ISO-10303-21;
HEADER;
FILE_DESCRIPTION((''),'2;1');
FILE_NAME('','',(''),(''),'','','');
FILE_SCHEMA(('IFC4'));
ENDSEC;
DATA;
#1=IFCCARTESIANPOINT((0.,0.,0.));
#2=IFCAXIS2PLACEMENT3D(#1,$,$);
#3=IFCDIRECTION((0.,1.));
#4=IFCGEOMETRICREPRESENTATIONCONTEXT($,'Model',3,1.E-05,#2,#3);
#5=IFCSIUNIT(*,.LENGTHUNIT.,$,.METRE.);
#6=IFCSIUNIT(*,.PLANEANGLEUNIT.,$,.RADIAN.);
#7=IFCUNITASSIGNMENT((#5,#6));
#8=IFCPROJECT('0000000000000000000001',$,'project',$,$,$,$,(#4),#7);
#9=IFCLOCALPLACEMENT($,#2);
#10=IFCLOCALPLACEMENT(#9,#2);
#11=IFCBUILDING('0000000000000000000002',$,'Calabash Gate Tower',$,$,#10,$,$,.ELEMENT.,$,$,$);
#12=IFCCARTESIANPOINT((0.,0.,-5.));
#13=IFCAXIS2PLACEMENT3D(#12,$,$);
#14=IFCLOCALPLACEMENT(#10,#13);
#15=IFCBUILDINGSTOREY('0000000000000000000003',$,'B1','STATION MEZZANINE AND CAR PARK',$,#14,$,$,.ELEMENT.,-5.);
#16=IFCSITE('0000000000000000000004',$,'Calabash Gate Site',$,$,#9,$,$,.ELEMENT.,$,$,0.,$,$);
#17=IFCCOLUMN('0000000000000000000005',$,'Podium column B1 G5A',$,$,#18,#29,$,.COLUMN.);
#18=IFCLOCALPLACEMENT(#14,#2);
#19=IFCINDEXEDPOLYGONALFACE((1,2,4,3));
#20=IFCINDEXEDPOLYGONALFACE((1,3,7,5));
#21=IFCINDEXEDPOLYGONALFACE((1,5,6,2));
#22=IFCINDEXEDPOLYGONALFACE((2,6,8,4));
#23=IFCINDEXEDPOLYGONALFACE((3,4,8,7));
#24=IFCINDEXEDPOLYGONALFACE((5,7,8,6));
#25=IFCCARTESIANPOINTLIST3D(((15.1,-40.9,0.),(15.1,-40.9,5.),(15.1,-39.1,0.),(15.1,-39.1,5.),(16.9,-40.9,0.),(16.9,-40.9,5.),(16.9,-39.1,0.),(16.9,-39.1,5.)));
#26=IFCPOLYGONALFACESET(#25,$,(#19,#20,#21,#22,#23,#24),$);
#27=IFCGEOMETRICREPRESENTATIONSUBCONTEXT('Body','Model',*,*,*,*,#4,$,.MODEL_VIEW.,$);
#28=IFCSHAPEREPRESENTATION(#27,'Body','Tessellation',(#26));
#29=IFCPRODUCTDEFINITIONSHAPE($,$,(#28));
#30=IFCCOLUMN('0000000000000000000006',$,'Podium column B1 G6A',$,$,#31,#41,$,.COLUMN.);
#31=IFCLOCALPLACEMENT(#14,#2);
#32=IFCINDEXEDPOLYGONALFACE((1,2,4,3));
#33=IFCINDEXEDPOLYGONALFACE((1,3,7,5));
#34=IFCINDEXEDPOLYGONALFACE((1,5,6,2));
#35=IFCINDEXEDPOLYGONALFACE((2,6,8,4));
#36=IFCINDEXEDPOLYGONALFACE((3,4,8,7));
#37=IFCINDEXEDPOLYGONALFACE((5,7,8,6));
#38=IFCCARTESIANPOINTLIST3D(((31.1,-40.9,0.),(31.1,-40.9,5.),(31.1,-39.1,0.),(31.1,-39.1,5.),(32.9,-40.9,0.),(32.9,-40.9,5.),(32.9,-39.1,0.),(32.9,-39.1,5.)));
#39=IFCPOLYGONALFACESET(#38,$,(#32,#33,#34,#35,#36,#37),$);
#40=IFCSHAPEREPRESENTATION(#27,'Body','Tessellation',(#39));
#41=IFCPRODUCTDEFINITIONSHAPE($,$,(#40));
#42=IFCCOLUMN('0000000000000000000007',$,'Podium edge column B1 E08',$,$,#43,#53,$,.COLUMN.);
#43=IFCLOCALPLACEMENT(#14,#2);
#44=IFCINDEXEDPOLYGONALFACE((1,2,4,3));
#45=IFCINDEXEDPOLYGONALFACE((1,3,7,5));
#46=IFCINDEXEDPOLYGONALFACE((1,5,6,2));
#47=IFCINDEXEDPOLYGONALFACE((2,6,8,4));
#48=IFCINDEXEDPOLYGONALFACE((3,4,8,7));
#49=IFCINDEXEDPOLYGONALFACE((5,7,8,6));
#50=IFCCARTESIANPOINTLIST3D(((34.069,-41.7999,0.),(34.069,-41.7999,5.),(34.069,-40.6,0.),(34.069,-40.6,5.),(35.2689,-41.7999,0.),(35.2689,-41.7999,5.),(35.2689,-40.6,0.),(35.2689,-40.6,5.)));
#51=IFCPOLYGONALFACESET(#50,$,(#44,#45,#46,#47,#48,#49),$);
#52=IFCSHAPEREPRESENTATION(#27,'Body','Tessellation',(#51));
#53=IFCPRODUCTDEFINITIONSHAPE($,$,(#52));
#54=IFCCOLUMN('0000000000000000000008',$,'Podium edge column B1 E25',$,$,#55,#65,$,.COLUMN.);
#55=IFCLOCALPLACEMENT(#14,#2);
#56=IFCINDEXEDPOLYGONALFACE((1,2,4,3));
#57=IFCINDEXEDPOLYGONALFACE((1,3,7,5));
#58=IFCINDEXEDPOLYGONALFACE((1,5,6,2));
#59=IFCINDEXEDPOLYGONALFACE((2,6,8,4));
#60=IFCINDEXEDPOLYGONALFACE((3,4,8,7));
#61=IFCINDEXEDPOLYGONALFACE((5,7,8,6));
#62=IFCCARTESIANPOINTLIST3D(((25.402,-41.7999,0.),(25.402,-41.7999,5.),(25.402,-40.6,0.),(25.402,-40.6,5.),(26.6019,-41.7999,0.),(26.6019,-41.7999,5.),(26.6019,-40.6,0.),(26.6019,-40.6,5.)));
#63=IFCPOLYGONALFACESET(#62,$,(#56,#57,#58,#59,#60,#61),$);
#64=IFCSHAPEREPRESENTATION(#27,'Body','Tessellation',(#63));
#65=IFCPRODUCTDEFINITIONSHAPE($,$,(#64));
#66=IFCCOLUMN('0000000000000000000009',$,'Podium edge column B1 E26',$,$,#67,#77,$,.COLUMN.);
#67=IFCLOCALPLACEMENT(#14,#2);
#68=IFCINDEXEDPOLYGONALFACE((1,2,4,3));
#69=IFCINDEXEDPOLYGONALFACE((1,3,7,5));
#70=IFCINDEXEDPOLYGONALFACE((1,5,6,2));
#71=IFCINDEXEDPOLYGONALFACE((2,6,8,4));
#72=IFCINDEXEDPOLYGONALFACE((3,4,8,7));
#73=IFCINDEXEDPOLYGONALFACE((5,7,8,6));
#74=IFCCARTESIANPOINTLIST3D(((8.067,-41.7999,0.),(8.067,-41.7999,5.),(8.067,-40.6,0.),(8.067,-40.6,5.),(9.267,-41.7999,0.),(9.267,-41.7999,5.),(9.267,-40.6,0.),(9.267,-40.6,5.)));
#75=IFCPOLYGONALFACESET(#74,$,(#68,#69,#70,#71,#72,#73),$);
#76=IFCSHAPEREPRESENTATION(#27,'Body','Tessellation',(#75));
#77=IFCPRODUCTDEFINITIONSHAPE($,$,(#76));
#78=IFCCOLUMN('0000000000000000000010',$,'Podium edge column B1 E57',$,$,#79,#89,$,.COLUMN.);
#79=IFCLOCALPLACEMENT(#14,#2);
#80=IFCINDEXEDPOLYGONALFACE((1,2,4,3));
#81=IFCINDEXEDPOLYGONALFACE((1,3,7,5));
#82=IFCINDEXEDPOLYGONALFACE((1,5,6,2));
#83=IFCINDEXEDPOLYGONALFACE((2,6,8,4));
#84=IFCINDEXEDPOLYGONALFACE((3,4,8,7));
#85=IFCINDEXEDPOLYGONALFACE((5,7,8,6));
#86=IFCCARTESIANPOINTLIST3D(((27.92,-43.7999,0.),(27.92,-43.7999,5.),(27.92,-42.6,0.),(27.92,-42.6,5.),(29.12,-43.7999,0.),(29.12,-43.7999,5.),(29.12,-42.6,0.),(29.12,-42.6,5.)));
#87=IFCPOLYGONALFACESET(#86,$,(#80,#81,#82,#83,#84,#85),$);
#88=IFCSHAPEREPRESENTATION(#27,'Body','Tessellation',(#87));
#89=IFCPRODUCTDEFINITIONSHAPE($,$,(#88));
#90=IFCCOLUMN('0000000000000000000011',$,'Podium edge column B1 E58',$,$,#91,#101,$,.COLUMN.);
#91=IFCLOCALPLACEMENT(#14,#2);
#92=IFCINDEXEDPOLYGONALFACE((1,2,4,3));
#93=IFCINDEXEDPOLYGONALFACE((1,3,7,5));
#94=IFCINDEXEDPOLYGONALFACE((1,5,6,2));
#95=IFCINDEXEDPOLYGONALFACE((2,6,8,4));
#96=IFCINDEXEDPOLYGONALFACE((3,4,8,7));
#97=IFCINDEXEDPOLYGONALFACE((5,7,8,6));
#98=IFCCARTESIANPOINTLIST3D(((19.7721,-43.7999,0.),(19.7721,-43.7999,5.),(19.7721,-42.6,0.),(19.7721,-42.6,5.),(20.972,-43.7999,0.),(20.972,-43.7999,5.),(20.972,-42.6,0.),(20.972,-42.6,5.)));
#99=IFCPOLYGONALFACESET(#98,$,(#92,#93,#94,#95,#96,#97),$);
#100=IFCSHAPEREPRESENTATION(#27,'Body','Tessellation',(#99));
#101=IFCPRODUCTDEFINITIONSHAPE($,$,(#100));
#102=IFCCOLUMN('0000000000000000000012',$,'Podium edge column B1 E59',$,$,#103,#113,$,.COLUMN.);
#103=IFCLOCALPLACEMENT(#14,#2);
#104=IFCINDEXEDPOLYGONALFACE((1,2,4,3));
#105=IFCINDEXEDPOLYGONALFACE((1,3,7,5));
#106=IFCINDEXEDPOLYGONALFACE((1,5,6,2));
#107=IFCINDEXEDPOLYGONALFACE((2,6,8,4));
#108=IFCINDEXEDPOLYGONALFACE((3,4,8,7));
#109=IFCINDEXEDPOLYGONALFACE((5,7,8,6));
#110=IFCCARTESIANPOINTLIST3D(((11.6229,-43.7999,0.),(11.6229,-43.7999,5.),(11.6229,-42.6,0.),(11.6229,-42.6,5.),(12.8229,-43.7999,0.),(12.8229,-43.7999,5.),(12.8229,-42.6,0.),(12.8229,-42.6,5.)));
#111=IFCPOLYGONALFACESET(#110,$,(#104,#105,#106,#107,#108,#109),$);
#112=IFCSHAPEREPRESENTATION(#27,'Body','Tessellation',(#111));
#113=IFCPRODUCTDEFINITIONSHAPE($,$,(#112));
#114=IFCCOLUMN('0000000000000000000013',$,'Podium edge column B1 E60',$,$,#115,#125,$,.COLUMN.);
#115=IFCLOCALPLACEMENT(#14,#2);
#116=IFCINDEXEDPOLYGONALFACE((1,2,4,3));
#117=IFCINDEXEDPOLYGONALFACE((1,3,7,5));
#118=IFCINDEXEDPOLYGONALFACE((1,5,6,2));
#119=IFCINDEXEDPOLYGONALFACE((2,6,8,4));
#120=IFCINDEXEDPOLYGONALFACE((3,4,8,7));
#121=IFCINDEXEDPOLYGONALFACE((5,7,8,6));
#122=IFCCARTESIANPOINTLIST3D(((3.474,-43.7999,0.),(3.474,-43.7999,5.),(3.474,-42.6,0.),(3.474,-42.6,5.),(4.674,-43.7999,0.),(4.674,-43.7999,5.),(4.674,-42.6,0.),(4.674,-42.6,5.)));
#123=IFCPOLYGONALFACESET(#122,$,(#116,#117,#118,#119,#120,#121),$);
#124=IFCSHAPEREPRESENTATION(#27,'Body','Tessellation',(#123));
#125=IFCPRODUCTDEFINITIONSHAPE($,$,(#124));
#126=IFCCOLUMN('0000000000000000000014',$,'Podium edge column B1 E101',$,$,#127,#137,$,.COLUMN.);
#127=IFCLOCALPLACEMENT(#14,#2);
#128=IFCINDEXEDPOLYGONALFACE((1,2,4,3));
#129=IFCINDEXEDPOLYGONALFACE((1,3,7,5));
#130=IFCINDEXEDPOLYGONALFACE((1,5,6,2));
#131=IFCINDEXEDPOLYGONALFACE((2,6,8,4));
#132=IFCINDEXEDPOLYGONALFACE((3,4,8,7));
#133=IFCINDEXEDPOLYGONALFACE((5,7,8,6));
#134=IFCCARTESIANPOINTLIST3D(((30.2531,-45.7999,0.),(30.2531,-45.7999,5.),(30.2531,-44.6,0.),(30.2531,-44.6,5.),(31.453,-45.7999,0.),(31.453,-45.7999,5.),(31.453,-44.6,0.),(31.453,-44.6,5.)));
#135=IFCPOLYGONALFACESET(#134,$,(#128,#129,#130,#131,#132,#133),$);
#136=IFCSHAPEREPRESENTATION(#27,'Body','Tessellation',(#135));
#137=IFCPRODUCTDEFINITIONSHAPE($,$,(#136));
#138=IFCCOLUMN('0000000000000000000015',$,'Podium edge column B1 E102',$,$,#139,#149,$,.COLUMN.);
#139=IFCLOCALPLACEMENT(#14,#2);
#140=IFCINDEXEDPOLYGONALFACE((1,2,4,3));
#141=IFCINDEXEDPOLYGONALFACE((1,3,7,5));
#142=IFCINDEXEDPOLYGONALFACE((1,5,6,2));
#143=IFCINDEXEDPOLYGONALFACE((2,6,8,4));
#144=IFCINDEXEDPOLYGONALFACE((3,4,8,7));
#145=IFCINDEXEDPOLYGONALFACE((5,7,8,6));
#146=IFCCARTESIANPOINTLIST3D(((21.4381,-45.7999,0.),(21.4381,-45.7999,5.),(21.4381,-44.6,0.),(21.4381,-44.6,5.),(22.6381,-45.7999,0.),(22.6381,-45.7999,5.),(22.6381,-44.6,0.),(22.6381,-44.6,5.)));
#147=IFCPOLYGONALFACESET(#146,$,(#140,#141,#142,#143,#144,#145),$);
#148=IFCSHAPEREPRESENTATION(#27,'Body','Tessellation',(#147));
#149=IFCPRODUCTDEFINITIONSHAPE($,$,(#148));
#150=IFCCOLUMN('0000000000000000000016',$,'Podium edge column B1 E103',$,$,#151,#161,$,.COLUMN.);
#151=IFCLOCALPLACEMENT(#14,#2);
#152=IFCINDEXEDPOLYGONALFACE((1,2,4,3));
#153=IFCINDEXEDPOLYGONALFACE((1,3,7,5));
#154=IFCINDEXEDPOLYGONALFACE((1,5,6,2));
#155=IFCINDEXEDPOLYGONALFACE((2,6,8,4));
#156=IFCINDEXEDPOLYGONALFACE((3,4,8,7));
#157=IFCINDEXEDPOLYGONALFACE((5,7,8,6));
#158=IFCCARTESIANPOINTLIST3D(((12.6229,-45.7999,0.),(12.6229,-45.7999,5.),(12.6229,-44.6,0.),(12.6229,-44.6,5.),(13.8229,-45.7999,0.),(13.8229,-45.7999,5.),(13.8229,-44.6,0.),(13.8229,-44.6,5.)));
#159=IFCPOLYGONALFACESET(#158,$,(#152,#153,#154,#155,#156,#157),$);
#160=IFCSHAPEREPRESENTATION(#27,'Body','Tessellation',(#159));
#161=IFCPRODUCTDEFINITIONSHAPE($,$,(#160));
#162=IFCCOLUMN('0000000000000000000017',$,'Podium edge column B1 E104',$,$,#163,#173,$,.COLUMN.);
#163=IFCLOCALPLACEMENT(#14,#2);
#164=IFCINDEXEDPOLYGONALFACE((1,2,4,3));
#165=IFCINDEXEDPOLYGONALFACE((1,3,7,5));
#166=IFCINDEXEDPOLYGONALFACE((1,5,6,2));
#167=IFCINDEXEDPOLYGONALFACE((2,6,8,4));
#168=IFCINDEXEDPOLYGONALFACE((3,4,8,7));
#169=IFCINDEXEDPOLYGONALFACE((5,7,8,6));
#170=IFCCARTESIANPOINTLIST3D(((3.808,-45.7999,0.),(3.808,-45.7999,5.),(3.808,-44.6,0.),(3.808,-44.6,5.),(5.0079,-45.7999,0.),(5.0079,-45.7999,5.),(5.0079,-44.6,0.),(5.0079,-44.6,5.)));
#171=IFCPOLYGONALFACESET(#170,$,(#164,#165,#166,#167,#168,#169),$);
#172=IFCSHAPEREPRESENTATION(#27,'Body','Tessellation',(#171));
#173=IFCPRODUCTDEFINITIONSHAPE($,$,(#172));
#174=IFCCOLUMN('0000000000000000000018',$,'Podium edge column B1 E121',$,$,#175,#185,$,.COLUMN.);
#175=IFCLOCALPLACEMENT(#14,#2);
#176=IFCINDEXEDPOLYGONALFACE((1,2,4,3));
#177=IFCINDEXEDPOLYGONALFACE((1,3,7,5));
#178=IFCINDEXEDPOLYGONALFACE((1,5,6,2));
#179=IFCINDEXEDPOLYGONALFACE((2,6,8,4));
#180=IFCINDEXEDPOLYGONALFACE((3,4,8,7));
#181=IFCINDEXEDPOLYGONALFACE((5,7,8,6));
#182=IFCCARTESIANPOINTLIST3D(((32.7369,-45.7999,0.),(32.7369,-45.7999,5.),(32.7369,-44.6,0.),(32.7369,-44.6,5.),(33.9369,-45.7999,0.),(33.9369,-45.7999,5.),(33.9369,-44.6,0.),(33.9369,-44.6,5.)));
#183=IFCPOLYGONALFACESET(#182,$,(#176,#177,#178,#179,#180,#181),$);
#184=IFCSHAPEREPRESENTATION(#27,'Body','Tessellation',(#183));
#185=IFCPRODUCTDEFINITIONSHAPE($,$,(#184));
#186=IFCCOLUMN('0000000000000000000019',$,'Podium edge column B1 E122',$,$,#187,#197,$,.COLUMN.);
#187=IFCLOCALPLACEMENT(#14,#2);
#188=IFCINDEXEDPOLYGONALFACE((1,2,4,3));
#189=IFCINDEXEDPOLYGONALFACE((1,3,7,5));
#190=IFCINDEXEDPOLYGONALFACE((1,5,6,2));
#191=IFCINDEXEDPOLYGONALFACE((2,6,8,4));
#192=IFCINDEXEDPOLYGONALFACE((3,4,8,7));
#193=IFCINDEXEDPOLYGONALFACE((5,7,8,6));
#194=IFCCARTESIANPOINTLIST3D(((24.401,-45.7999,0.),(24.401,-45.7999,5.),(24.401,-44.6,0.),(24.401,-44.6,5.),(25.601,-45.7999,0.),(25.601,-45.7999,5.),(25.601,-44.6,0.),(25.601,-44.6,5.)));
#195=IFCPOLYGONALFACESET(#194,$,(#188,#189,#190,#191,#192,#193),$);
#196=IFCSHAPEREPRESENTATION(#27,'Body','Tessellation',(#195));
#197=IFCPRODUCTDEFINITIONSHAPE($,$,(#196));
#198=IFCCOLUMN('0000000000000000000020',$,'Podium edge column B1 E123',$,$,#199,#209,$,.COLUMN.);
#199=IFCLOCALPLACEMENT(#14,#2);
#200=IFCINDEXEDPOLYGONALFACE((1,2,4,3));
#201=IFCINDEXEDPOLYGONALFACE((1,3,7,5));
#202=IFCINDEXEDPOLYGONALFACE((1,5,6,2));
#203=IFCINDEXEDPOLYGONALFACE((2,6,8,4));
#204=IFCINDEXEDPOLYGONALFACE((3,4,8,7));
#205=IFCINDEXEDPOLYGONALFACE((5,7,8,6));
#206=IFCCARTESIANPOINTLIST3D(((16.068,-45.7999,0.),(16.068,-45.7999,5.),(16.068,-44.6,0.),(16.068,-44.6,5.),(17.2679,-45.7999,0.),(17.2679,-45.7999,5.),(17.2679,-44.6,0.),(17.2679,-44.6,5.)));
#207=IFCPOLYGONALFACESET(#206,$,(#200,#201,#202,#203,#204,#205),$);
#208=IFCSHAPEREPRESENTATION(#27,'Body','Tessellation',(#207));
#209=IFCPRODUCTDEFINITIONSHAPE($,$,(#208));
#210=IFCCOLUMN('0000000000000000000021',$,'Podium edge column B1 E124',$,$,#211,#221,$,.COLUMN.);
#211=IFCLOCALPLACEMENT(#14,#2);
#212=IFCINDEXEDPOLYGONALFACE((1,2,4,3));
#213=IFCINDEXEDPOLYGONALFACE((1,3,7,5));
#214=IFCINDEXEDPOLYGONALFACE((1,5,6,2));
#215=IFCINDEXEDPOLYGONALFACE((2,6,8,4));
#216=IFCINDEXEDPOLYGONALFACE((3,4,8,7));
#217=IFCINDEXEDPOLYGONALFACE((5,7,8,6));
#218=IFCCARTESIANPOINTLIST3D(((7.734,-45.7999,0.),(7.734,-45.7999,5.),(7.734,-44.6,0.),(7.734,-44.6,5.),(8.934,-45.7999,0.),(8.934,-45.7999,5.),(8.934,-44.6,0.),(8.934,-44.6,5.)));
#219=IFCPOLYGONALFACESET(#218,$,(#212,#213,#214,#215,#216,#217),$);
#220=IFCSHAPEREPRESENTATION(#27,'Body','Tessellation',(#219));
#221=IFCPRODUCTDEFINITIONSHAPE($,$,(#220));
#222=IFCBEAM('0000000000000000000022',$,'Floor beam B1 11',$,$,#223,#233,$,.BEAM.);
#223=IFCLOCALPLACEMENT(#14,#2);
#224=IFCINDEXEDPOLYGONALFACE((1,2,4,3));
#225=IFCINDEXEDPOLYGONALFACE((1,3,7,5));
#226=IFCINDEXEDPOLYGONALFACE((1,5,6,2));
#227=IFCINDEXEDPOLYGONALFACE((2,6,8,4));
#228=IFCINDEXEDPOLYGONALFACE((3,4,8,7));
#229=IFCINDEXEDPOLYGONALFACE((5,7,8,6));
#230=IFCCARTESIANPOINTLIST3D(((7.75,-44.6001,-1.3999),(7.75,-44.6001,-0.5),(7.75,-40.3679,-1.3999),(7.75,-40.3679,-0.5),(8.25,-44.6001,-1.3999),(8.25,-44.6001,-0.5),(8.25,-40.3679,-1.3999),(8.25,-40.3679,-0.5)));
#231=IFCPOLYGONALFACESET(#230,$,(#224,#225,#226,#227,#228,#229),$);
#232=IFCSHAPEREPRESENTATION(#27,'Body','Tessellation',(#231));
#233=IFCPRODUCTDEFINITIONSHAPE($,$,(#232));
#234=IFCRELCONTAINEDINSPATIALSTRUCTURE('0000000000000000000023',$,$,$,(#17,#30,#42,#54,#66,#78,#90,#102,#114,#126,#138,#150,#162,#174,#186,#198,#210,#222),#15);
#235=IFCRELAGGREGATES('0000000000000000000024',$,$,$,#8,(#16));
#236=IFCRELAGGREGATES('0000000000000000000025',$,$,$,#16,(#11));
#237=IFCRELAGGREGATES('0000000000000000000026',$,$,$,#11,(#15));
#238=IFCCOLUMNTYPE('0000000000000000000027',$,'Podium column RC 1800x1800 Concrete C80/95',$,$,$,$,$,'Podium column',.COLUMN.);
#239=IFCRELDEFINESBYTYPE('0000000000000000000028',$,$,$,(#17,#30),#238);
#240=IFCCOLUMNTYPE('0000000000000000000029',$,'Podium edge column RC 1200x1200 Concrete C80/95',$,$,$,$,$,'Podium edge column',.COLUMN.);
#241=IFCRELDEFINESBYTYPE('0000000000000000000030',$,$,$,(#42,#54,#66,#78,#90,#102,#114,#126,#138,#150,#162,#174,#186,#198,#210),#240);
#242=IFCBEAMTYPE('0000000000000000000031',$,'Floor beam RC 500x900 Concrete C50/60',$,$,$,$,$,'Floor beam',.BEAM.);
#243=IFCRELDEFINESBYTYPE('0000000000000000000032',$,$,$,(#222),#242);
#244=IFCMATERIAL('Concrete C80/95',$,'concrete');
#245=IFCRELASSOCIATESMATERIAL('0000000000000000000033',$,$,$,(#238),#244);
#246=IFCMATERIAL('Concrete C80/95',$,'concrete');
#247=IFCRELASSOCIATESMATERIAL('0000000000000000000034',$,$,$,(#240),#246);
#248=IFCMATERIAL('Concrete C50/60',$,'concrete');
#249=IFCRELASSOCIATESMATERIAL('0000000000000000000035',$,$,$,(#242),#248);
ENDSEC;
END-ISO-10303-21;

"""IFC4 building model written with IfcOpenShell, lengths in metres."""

from ifc_helpers import new_model, si_unit, direction, frame, origin, origin_2d, place, context, subcontext, project, spatial, rectangle, extrude, material, material_profile, profile_set, type_object, element, save


model = new_model("IFC4")

# Units and contexts
model_context = context("Model", 3, precision=1e-05, world=origin(), true_north=direction((0.0, 1.0)))
body_context = subcontext(model_context, "Body", "Model", "MODEL_VIEW")
ifc_project = project(units=[si_unit("LENGTHUNIT", "METRE"), si_unit("PLANEANGLEUNIT", "RADIAN")], contexts=[model_context])

# Site, building, storey
site_placement = place(None, origin())
site = spatial("IfcSite", under=ifc_project, at=site_placement, Name="Calabash Gate Site", CompositionType="ELEMENT", RefElevation=0.0)
building_placement = place(site_placement, origin())
building = spatial("IfcBuilding", under=site, at=building_placement, Name="Calabash Gate Tower", CompositionType="ELEMENT")
storey_placement = place(building_placement, frame((0.0, 0.0, -5.0)))
storey = spatial("IfcBuildingStorey", under=building, at=storey_placement, Name="B1", Description="STATION MEZZANINE AND CAR PARK", CompositionType="ELEMENT", Elevation=-5.0)

# Columns
ifc_material_1 = material(Name="Concrete C80/95", Category="concrete")
ifc_material_profile_1 = material_profile(ifc_material_1, rectangle(XDim=1.8, YDim=1.8, at=origin_2d()))
ifc_profile_set_1 = profile_set([ifc_material_profile_1], Name="Concrete C80/95")
column_type_1 = type_object("IfcColumnType", Name="Podium column RC 1800x1800 Concrete C80/95", ElementType="Podium column", PredefinedType="COLUMN", material=ifc_profile_set_1)
for number, where, z_axis, x_axis, name in (
    (1, (16.0, -40.0, 0.0), (0.0, 0.0, 1.0), (1.0, 0.0, 0.0), "Podium column B1 G5A"),
    (2, (32.0, -40.0, 0.0), (0.0, 0.0, 1.0), (1.0, 0.0, 0.0), "Podium column B1 G6A"),
):
    element("IfcColumn", number, at=place(storey_placement, frame(where, z_axis=z_axis, x_axis=x_axis)), inside=storey, type_object=column_type_1, Name=name, PredefinedType="COLUMN", context=body_context, shape_type="SweptSolid", body=[
        extrude(rectangle(XDim=1.8, YDim=1.8, at=origin_2d()), origin(), (0.0, 0.0, 1.0), 5.0),
    ])
ifc_material_2 = material(Name="Concrete C80/95", Category="concrete")
ifc_material_profile_2 = material_profile(ifc_material_2, rectangle(XDim=1.2, YDim=1.2, at=origin_2d()))
ifc_profile_set_2 = profile_set([ifc_material_profile_2], Name="Concrete C80/95")
column_type_2 = type_object("IfcColumnType", Name="Podium edge column RC 1200x1200 Concrete C80/95", ElementType="Podium edge column", PredefinedType="COLUMN", material=ifc_profile_set_2)
for number, where, z_axis, x_axis, name in (
    (3, (34.6689, -41.2, 0.0), (0.0, 0.0, 1.0), (1.0, 0.0, 0.0), "Podium edge column B1 E08"),
    (4, (26.002, -41.2, 0.0), (0.0, 0.0, 1.0), (1.0, 0.0, 0.0), "Podium edge column B1 E25"),
    (5, (8.667, -41.2, 0.0), (0.0, 0.0, 1.0), (1.0, 0.0, 0.0), "Podium edge column B1 E26"),
    (6, (28.52, -43.2, 0.0), (0.0, 0.0, 1.0), (1.0, 0.0, 0.0), "Podium edge column B1 E57"),
    (7, (20.3721, -43.2, 0.0), (0.0, 0.0, 1.0), (1.0, 0.0, 0.0), "Podium edge column B1 E58"),
    (8, (12.2229, -43.2, 0.0), (0.0, 0.0, 1.0), (1.0, 0.0, 0.0), "Podium edge column B1 E59"),
    (9, (4.074, -43.2, 0.0), (0.0, 0.0, 1.0), (1.0, 0.0, 0.0), "Podium edge column B1 E60"),
    (10, (30.853, -45.2, 0.0), (0.0, 0.0, 1.0), (1.0, 0.0, 0.0), "Podium edge column B1 E101"),
    (11, (22.0381, -45.2, 0.0), (0.0, 0.0, 1.0), (1.0, 0.0, 0.0), "Podium edge column B1 E102"),
    (12, (13.2229, -45.2, 0.0), (0.0, 0.0, 1.0), (1.0, 0.0, 0.0), "Podium edge column B1 E103"),
    (13, (4.408, -45.2, 0.0), (0.0, 0.0, 1.0), (1.0, 0.0, 0.0), "Podium edge column B1 E104"),
    (14, (33.3369, -45.2, 0.0), (0.0, 0.0, 1.0), (1.0, 0.0, 0.0), "Podium edge column B1 E121"),
    (15, (25.001, -45.2, 0.0), (0.0, 0.0, 1.0), (1.0, 0.0, 0.0), "Podium edge column B1 E122"),
    (16, (16.668, -45.2, 0.0), (0.0, 0.0, 1.0), (1.0, 0.0, 0.0), "Podium edge column B1 E123"),
    (17, (8.334, -45.2, 0.0), (0.0, 0.0, 1.0), (1.0, 0.0, 0.0), "Podium edge column B1 E124"),
):
    element("IfcColumn", number, at=place(storey_placement, frame(where, z_axis=z_axis, x_axis=x_axis)), inside=storey, type_object=column_type_2, Name=name, PredefinedType="COLUMN", context=body_context, shape_type="SweptSolid", body=[
        extrude(rectangle(XDim=1.2, YDim=1.2, at=origin_2d()), origin(), (0.0, 0.0, 1.0), 5.0),
    ])

# Beam
ifc_material_3 = material(Name="Concrete C50/60", Category="concrete")
ifc_material_profile_3 = material_profile(ifc_material_3, rectangle(XDim=0.5, YDim=0.8999, at=origin_2d()))
ifc_profile_set_3 = profile_set([ifc_material_profile_3], Name="Concrete C50/60")
beam_type_1 = type_object("IfcBeamType", Name="Floor beam RC 500x900 Concrete C50/60", ElementType="Floor beam", PredefinedType="BEAM", material=ifc_profile_set_3)
beam_1_placement = place(storey_placement, frame((8.0, -44.6001, -0.95), z_axis=(0.0, 1.0, 0.0), x_axis=(-1.0, 0.0, 0.0)))
element("IfcBeam", 18, at=beam_1_placement, inside=storey, type_object=beam_type_1, Name="Floor beam B1 11", PredefinedType="BEAM", context=body_context, shape_type="SweptSolid", body=[
    extrude(rectangle(XDim=0.5, YDim=0.8999, at=origin_2d()), origin(), (0.0, 0.0, 1.0), 4.2322),
])

save(model, "model.ifc")
